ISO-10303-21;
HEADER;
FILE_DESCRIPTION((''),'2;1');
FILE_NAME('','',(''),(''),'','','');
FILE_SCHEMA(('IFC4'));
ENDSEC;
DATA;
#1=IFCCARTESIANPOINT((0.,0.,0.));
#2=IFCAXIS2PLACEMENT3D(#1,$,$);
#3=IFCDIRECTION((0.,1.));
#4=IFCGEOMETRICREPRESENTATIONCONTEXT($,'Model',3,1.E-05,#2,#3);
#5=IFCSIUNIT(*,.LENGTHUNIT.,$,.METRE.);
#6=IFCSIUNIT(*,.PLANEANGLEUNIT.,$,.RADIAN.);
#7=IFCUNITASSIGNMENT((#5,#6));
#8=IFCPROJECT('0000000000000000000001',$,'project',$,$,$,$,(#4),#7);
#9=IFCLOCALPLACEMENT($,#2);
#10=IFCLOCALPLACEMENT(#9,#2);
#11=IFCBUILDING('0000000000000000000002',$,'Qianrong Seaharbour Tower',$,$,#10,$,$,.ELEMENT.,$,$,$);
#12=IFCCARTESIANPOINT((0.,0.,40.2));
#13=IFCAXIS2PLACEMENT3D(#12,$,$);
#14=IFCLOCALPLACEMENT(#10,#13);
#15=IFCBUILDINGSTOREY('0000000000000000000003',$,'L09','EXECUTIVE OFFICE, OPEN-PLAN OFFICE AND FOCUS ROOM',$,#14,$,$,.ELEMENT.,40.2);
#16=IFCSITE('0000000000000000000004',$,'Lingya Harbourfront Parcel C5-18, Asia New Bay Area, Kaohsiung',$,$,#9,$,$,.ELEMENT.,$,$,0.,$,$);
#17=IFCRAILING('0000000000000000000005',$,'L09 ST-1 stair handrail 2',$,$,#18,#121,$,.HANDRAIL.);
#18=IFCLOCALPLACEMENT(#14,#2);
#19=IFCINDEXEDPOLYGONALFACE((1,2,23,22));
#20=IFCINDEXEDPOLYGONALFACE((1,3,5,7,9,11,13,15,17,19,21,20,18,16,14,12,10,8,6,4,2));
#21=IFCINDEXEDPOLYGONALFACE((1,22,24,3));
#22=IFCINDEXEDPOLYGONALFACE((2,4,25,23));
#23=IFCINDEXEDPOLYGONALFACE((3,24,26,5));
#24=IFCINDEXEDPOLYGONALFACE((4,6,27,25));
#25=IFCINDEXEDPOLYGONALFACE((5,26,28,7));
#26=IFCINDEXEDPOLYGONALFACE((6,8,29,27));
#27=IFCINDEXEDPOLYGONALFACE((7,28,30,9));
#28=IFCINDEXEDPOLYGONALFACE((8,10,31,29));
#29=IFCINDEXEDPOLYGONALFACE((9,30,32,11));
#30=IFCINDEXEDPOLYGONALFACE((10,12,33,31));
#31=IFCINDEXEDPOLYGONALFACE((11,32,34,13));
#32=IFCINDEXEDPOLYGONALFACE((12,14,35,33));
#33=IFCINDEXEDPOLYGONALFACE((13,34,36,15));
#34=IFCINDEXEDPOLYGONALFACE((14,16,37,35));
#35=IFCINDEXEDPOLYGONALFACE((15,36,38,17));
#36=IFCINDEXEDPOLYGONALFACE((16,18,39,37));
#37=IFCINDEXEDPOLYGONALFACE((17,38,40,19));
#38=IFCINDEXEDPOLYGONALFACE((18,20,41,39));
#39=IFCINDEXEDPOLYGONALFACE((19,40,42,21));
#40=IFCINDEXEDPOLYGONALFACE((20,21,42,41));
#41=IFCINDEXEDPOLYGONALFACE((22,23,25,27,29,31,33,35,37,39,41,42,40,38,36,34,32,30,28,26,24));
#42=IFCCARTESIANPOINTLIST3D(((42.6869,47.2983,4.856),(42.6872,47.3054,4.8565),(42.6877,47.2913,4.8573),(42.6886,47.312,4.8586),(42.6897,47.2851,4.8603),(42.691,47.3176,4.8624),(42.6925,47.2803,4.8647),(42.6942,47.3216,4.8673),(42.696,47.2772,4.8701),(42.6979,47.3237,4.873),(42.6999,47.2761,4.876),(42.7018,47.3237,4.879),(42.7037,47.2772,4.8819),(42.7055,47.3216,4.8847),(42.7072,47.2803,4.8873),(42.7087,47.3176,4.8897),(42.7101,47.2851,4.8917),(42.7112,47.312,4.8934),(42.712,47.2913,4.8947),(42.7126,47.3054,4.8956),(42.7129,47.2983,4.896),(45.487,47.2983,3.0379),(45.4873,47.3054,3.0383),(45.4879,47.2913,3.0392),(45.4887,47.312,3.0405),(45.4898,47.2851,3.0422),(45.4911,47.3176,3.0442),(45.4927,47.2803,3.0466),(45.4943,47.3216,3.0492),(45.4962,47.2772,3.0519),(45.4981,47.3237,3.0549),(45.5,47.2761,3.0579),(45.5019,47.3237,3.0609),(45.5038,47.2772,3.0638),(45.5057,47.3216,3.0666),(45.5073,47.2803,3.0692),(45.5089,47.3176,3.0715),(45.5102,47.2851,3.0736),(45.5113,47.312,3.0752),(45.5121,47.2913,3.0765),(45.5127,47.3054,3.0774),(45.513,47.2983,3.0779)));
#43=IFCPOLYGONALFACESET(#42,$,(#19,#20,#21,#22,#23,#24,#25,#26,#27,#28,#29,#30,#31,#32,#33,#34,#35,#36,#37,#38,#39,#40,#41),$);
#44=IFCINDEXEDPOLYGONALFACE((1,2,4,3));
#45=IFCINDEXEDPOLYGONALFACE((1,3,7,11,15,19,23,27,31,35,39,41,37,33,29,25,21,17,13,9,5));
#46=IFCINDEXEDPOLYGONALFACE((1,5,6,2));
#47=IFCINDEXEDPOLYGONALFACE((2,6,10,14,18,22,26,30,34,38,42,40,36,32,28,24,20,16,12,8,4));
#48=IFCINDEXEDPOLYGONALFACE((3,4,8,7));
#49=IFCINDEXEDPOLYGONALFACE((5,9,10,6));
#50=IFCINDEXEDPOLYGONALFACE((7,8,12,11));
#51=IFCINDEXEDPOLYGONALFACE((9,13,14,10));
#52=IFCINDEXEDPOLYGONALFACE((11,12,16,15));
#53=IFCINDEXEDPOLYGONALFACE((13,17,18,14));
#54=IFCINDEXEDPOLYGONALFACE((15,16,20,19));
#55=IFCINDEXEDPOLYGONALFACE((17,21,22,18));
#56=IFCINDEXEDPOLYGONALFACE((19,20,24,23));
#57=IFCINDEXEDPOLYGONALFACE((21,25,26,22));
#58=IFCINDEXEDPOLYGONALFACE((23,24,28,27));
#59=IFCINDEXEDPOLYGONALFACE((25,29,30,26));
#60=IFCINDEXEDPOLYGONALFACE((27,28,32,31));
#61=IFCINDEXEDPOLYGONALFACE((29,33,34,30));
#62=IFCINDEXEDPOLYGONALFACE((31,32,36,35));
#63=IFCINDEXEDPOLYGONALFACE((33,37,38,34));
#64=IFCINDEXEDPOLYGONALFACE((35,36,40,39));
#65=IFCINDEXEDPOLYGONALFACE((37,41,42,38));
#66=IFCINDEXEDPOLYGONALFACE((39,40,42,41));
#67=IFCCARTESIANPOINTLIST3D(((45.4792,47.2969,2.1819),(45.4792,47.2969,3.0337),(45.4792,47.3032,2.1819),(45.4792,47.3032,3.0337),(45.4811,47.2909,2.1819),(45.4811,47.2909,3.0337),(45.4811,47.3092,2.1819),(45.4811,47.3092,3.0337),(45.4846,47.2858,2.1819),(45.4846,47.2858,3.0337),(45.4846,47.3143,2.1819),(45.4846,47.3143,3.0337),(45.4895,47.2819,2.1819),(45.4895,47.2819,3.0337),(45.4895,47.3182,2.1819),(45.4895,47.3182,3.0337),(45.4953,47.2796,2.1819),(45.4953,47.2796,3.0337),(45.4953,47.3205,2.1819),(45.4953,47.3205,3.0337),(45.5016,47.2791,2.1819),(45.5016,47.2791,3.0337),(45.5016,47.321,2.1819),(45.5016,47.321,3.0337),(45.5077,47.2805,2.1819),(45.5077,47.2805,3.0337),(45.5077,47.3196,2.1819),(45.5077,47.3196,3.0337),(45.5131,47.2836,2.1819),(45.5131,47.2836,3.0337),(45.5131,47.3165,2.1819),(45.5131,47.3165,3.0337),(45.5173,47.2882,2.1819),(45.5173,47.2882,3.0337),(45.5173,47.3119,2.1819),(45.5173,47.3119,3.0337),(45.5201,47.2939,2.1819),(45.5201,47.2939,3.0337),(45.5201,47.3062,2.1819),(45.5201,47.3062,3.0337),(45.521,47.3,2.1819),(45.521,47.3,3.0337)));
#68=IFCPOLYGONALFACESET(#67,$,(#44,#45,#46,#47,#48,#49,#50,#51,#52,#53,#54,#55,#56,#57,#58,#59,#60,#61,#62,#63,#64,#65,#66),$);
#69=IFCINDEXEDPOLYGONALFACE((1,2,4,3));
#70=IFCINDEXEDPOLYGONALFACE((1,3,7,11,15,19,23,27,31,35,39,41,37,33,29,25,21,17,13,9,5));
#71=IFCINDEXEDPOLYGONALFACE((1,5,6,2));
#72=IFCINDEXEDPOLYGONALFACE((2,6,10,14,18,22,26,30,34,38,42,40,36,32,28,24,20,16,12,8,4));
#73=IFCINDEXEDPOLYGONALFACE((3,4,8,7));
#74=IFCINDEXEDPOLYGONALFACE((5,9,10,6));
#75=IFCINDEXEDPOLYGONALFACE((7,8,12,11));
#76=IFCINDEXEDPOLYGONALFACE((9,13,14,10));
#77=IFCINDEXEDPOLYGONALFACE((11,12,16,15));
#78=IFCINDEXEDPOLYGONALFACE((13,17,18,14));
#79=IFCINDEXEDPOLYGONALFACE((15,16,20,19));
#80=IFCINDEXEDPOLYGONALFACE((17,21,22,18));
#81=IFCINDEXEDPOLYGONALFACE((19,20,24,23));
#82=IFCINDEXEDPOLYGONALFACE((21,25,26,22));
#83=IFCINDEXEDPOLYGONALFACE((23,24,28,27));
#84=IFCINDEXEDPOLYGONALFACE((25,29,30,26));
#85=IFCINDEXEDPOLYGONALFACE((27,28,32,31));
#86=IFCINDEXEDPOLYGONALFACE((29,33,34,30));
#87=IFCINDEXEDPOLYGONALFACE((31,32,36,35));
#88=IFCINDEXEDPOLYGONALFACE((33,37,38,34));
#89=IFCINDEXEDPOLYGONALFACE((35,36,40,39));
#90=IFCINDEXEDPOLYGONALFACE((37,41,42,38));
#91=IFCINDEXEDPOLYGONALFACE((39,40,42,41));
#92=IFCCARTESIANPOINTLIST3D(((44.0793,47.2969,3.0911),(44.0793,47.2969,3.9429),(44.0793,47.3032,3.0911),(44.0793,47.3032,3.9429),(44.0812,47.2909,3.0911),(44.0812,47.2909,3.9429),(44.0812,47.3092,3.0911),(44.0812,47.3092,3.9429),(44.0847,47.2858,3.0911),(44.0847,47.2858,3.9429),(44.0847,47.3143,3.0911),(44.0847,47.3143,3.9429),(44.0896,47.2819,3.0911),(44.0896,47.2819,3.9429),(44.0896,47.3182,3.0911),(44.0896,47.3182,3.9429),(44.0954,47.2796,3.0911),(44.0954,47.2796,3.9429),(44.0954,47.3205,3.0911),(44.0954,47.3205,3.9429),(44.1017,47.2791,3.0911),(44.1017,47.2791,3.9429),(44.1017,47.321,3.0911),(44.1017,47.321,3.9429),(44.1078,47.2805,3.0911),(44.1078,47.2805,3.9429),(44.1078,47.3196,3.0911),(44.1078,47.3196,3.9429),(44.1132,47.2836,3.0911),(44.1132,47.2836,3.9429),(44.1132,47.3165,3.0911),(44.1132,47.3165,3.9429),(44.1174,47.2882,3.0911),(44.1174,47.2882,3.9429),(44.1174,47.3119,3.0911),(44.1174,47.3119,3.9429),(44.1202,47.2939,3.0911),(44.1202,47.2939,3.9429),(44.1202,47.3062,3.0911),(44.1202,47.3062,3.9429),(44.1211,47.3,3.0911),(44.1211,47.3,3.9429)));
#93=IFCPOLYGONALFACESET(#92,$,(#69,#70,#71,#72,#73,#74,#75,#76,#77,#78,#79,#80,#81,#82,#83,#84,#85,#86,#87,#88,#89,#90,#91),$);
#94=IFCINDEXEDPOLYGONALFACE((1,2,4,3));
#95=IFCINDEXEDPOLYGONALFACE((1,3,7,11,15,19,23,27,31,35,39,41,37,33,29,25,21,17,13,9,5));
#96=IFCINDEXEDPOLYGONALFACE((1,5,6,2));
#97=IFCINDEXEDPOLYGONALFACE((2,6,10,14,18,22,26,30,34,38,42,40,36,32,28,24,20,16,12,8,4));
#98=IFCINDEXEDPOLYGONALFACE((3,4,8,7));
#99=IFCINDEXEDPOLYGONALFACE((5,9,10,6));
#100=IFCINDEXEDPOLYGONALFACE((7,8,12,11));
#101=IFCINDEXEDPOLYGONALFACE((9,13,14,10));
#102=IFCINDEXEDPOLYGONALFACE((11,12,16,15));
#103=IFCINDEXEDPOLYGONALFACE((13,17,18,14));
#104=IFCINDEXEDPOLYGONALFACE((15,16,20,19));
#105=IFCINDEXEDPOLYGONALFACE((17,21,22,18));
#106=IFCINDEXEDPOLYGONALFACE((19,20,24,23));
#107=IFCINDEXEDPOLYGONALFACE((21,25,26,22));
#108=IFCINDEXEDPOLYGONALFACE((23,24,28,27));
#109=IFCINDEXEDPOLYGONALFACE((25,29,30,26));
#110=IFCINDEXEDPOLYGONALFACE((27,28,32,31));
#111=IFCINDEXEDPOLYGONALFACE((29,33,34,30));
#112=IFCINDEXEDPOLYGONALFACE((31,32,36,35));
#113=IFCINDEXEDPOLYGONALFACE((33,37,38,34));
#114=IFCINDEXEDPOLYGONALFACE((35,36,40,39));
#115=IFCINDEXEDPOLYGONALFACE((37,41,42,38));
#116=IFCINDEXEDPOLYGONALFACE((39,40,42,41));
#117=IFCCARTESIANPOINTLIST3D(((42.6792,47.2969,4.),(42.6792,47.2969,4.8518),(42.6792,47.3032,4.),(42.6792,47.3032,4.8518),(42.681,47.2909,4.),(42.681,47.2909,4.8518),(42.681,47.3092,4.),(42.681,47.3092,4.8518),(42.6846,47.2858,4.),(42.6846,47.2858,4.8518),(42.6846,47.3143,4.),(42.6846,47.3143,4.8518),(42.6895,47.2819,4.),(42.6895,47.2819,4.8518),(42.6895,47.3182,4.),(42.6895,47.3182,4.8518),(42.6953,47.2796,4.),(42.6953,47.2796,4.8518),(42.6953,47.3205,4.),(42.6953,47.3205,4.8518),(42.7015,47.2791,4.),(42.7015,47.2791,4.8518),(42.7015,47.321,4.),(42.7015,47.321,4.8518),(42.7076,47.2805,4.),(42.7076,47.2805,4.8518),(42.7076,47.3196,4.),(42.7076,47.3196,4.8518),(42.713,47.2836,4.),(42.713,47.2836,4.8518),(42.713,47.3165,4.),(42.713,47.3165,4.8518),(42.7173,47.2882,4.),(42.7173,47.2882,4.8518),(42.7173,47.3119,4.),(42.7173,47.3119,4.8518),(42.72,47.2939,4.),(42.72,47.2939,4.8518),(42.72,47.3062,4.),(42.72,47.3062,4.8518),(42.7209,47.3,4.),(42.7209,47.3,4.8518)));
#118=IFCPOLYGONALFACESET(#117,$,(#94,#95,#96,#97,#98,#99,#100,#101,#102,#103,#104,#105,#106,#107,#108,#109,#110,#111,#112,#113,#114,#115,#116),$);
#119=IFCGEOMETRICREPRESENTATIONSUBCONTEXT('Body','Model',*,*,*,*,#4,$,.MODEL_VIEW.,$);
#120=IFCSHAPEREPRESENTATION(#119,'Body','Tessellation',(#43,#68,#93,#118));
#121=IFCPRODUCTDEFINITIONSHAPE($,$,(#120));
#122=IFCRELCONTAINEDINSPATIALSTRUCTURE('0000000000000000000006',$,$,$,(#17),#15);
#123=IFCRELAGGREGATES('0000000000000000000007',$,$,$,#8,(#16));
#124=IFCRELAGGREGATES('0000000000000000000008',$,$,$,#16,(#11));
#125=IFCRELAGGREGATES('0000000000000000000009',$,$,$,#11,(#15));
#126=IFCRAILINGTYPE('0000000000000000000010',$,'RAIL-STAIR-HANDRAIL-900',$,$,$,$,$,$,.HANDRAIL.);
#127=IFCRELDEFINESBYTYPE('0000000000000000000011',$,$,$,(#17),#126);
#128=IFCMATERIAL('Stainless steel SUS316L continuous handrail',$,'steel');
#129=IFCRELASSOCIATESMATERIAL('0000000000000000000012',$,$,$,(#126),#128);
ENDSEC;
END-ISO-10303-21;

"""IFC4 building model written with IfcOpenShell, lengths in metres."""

from ifc_helpers import new_model, si_unit, direction, frame, origin, origin_2d, place, context, subcontext, project, spatial, circle, extrude, material, type_object, element, save


model = new_model("IFC4")

# Units and contexts
model_context = context("Model", 3, precision=1e-05, world=origin(), true_north=direction((0.0, 1.0)))
body_context = subcontext(model_context, "Body", "Model", "MODEL_VIEW")
ifc_project = project(units=[si_unit("LENGTHUNIT", "METRE"), si_unit("PLANEANGLEUNIT", "RADIAN")], contexts=[model_context])

# Site, building, storey
site_placement = place(None, origin())
site = spatial("IfcSite", under=ifc_project, at=site_placement, Name="Lingya Harbourfront Parcel C5-18, Asia New Bay Area, Kaohsiung", CompositionType="ELEMENT", RefElevation=0.0)
building_placement = place(site_placement, origin())
building = spatial("IfcBuilding", under=site, at=building_placement, Name="Qianrong Seaharbour Tower", CompositionType="ELEMENT")
storey_placement = place(building_placement, frame((0.0, 0.0, 40.2)))
storey = spatial("IfcBuildingStorey", under=building, at=storey_placement, Name="L09", Description="EXECUTIVE OFFICE, OPEN-PLAN OFFICE AND FOCUS ROOM", CompositionType="ELEMENT", Elevation=40.2)

# Railing
ifc_material_1 = material(Name="Stainless steel SUS316L continuous handrail", Category="steel")
railing_type_1 = type_object("IfcRailingType", Name="RAIL-STAIR-HANDRAIL-900", PredefinedType="HANDRAIL", material=ifc_material_1)
railing_1_placement = place(storey_placement, frame((45.5, 47.3, 2.1819)))
element("IfcRailing", 1, at=railing_1_placement, inside=storey, type_object=railing_type_1, Name="L09 ST-1 stair handrail 2", PredefinedType="HANDRAIL", context=body_context, shape_type="SweptSolid", body=[
    extrude(circle(Radius=0.0239, at=origin_2d()), frame((0.0, 0.0, 0.876), z_axis=(-0.838706, 0.0, 0.544585), x_axis=(0.0, -1.0, 0.0)), (0.0, 0.0, 1.0), 3.3386),
    extrude(circle(Radius=0.021, at=origin_2d()), origin(), (0.0, 0.0, 1.0), 0.8518),
    extrude(circle(Radius=0.021, at=origin_2d()), frame((-1.3999, 0.0, 0.9092)), (0.0, 0.0, 1.0), 0.8518),
    extrude(circle(Radius=0.021, at=origin_2d()), frame((-2.8, 0.0, 1.8181)), (0.0, 0.0, 1.0), 0.8518),
])

save(model, "model.ifc")
